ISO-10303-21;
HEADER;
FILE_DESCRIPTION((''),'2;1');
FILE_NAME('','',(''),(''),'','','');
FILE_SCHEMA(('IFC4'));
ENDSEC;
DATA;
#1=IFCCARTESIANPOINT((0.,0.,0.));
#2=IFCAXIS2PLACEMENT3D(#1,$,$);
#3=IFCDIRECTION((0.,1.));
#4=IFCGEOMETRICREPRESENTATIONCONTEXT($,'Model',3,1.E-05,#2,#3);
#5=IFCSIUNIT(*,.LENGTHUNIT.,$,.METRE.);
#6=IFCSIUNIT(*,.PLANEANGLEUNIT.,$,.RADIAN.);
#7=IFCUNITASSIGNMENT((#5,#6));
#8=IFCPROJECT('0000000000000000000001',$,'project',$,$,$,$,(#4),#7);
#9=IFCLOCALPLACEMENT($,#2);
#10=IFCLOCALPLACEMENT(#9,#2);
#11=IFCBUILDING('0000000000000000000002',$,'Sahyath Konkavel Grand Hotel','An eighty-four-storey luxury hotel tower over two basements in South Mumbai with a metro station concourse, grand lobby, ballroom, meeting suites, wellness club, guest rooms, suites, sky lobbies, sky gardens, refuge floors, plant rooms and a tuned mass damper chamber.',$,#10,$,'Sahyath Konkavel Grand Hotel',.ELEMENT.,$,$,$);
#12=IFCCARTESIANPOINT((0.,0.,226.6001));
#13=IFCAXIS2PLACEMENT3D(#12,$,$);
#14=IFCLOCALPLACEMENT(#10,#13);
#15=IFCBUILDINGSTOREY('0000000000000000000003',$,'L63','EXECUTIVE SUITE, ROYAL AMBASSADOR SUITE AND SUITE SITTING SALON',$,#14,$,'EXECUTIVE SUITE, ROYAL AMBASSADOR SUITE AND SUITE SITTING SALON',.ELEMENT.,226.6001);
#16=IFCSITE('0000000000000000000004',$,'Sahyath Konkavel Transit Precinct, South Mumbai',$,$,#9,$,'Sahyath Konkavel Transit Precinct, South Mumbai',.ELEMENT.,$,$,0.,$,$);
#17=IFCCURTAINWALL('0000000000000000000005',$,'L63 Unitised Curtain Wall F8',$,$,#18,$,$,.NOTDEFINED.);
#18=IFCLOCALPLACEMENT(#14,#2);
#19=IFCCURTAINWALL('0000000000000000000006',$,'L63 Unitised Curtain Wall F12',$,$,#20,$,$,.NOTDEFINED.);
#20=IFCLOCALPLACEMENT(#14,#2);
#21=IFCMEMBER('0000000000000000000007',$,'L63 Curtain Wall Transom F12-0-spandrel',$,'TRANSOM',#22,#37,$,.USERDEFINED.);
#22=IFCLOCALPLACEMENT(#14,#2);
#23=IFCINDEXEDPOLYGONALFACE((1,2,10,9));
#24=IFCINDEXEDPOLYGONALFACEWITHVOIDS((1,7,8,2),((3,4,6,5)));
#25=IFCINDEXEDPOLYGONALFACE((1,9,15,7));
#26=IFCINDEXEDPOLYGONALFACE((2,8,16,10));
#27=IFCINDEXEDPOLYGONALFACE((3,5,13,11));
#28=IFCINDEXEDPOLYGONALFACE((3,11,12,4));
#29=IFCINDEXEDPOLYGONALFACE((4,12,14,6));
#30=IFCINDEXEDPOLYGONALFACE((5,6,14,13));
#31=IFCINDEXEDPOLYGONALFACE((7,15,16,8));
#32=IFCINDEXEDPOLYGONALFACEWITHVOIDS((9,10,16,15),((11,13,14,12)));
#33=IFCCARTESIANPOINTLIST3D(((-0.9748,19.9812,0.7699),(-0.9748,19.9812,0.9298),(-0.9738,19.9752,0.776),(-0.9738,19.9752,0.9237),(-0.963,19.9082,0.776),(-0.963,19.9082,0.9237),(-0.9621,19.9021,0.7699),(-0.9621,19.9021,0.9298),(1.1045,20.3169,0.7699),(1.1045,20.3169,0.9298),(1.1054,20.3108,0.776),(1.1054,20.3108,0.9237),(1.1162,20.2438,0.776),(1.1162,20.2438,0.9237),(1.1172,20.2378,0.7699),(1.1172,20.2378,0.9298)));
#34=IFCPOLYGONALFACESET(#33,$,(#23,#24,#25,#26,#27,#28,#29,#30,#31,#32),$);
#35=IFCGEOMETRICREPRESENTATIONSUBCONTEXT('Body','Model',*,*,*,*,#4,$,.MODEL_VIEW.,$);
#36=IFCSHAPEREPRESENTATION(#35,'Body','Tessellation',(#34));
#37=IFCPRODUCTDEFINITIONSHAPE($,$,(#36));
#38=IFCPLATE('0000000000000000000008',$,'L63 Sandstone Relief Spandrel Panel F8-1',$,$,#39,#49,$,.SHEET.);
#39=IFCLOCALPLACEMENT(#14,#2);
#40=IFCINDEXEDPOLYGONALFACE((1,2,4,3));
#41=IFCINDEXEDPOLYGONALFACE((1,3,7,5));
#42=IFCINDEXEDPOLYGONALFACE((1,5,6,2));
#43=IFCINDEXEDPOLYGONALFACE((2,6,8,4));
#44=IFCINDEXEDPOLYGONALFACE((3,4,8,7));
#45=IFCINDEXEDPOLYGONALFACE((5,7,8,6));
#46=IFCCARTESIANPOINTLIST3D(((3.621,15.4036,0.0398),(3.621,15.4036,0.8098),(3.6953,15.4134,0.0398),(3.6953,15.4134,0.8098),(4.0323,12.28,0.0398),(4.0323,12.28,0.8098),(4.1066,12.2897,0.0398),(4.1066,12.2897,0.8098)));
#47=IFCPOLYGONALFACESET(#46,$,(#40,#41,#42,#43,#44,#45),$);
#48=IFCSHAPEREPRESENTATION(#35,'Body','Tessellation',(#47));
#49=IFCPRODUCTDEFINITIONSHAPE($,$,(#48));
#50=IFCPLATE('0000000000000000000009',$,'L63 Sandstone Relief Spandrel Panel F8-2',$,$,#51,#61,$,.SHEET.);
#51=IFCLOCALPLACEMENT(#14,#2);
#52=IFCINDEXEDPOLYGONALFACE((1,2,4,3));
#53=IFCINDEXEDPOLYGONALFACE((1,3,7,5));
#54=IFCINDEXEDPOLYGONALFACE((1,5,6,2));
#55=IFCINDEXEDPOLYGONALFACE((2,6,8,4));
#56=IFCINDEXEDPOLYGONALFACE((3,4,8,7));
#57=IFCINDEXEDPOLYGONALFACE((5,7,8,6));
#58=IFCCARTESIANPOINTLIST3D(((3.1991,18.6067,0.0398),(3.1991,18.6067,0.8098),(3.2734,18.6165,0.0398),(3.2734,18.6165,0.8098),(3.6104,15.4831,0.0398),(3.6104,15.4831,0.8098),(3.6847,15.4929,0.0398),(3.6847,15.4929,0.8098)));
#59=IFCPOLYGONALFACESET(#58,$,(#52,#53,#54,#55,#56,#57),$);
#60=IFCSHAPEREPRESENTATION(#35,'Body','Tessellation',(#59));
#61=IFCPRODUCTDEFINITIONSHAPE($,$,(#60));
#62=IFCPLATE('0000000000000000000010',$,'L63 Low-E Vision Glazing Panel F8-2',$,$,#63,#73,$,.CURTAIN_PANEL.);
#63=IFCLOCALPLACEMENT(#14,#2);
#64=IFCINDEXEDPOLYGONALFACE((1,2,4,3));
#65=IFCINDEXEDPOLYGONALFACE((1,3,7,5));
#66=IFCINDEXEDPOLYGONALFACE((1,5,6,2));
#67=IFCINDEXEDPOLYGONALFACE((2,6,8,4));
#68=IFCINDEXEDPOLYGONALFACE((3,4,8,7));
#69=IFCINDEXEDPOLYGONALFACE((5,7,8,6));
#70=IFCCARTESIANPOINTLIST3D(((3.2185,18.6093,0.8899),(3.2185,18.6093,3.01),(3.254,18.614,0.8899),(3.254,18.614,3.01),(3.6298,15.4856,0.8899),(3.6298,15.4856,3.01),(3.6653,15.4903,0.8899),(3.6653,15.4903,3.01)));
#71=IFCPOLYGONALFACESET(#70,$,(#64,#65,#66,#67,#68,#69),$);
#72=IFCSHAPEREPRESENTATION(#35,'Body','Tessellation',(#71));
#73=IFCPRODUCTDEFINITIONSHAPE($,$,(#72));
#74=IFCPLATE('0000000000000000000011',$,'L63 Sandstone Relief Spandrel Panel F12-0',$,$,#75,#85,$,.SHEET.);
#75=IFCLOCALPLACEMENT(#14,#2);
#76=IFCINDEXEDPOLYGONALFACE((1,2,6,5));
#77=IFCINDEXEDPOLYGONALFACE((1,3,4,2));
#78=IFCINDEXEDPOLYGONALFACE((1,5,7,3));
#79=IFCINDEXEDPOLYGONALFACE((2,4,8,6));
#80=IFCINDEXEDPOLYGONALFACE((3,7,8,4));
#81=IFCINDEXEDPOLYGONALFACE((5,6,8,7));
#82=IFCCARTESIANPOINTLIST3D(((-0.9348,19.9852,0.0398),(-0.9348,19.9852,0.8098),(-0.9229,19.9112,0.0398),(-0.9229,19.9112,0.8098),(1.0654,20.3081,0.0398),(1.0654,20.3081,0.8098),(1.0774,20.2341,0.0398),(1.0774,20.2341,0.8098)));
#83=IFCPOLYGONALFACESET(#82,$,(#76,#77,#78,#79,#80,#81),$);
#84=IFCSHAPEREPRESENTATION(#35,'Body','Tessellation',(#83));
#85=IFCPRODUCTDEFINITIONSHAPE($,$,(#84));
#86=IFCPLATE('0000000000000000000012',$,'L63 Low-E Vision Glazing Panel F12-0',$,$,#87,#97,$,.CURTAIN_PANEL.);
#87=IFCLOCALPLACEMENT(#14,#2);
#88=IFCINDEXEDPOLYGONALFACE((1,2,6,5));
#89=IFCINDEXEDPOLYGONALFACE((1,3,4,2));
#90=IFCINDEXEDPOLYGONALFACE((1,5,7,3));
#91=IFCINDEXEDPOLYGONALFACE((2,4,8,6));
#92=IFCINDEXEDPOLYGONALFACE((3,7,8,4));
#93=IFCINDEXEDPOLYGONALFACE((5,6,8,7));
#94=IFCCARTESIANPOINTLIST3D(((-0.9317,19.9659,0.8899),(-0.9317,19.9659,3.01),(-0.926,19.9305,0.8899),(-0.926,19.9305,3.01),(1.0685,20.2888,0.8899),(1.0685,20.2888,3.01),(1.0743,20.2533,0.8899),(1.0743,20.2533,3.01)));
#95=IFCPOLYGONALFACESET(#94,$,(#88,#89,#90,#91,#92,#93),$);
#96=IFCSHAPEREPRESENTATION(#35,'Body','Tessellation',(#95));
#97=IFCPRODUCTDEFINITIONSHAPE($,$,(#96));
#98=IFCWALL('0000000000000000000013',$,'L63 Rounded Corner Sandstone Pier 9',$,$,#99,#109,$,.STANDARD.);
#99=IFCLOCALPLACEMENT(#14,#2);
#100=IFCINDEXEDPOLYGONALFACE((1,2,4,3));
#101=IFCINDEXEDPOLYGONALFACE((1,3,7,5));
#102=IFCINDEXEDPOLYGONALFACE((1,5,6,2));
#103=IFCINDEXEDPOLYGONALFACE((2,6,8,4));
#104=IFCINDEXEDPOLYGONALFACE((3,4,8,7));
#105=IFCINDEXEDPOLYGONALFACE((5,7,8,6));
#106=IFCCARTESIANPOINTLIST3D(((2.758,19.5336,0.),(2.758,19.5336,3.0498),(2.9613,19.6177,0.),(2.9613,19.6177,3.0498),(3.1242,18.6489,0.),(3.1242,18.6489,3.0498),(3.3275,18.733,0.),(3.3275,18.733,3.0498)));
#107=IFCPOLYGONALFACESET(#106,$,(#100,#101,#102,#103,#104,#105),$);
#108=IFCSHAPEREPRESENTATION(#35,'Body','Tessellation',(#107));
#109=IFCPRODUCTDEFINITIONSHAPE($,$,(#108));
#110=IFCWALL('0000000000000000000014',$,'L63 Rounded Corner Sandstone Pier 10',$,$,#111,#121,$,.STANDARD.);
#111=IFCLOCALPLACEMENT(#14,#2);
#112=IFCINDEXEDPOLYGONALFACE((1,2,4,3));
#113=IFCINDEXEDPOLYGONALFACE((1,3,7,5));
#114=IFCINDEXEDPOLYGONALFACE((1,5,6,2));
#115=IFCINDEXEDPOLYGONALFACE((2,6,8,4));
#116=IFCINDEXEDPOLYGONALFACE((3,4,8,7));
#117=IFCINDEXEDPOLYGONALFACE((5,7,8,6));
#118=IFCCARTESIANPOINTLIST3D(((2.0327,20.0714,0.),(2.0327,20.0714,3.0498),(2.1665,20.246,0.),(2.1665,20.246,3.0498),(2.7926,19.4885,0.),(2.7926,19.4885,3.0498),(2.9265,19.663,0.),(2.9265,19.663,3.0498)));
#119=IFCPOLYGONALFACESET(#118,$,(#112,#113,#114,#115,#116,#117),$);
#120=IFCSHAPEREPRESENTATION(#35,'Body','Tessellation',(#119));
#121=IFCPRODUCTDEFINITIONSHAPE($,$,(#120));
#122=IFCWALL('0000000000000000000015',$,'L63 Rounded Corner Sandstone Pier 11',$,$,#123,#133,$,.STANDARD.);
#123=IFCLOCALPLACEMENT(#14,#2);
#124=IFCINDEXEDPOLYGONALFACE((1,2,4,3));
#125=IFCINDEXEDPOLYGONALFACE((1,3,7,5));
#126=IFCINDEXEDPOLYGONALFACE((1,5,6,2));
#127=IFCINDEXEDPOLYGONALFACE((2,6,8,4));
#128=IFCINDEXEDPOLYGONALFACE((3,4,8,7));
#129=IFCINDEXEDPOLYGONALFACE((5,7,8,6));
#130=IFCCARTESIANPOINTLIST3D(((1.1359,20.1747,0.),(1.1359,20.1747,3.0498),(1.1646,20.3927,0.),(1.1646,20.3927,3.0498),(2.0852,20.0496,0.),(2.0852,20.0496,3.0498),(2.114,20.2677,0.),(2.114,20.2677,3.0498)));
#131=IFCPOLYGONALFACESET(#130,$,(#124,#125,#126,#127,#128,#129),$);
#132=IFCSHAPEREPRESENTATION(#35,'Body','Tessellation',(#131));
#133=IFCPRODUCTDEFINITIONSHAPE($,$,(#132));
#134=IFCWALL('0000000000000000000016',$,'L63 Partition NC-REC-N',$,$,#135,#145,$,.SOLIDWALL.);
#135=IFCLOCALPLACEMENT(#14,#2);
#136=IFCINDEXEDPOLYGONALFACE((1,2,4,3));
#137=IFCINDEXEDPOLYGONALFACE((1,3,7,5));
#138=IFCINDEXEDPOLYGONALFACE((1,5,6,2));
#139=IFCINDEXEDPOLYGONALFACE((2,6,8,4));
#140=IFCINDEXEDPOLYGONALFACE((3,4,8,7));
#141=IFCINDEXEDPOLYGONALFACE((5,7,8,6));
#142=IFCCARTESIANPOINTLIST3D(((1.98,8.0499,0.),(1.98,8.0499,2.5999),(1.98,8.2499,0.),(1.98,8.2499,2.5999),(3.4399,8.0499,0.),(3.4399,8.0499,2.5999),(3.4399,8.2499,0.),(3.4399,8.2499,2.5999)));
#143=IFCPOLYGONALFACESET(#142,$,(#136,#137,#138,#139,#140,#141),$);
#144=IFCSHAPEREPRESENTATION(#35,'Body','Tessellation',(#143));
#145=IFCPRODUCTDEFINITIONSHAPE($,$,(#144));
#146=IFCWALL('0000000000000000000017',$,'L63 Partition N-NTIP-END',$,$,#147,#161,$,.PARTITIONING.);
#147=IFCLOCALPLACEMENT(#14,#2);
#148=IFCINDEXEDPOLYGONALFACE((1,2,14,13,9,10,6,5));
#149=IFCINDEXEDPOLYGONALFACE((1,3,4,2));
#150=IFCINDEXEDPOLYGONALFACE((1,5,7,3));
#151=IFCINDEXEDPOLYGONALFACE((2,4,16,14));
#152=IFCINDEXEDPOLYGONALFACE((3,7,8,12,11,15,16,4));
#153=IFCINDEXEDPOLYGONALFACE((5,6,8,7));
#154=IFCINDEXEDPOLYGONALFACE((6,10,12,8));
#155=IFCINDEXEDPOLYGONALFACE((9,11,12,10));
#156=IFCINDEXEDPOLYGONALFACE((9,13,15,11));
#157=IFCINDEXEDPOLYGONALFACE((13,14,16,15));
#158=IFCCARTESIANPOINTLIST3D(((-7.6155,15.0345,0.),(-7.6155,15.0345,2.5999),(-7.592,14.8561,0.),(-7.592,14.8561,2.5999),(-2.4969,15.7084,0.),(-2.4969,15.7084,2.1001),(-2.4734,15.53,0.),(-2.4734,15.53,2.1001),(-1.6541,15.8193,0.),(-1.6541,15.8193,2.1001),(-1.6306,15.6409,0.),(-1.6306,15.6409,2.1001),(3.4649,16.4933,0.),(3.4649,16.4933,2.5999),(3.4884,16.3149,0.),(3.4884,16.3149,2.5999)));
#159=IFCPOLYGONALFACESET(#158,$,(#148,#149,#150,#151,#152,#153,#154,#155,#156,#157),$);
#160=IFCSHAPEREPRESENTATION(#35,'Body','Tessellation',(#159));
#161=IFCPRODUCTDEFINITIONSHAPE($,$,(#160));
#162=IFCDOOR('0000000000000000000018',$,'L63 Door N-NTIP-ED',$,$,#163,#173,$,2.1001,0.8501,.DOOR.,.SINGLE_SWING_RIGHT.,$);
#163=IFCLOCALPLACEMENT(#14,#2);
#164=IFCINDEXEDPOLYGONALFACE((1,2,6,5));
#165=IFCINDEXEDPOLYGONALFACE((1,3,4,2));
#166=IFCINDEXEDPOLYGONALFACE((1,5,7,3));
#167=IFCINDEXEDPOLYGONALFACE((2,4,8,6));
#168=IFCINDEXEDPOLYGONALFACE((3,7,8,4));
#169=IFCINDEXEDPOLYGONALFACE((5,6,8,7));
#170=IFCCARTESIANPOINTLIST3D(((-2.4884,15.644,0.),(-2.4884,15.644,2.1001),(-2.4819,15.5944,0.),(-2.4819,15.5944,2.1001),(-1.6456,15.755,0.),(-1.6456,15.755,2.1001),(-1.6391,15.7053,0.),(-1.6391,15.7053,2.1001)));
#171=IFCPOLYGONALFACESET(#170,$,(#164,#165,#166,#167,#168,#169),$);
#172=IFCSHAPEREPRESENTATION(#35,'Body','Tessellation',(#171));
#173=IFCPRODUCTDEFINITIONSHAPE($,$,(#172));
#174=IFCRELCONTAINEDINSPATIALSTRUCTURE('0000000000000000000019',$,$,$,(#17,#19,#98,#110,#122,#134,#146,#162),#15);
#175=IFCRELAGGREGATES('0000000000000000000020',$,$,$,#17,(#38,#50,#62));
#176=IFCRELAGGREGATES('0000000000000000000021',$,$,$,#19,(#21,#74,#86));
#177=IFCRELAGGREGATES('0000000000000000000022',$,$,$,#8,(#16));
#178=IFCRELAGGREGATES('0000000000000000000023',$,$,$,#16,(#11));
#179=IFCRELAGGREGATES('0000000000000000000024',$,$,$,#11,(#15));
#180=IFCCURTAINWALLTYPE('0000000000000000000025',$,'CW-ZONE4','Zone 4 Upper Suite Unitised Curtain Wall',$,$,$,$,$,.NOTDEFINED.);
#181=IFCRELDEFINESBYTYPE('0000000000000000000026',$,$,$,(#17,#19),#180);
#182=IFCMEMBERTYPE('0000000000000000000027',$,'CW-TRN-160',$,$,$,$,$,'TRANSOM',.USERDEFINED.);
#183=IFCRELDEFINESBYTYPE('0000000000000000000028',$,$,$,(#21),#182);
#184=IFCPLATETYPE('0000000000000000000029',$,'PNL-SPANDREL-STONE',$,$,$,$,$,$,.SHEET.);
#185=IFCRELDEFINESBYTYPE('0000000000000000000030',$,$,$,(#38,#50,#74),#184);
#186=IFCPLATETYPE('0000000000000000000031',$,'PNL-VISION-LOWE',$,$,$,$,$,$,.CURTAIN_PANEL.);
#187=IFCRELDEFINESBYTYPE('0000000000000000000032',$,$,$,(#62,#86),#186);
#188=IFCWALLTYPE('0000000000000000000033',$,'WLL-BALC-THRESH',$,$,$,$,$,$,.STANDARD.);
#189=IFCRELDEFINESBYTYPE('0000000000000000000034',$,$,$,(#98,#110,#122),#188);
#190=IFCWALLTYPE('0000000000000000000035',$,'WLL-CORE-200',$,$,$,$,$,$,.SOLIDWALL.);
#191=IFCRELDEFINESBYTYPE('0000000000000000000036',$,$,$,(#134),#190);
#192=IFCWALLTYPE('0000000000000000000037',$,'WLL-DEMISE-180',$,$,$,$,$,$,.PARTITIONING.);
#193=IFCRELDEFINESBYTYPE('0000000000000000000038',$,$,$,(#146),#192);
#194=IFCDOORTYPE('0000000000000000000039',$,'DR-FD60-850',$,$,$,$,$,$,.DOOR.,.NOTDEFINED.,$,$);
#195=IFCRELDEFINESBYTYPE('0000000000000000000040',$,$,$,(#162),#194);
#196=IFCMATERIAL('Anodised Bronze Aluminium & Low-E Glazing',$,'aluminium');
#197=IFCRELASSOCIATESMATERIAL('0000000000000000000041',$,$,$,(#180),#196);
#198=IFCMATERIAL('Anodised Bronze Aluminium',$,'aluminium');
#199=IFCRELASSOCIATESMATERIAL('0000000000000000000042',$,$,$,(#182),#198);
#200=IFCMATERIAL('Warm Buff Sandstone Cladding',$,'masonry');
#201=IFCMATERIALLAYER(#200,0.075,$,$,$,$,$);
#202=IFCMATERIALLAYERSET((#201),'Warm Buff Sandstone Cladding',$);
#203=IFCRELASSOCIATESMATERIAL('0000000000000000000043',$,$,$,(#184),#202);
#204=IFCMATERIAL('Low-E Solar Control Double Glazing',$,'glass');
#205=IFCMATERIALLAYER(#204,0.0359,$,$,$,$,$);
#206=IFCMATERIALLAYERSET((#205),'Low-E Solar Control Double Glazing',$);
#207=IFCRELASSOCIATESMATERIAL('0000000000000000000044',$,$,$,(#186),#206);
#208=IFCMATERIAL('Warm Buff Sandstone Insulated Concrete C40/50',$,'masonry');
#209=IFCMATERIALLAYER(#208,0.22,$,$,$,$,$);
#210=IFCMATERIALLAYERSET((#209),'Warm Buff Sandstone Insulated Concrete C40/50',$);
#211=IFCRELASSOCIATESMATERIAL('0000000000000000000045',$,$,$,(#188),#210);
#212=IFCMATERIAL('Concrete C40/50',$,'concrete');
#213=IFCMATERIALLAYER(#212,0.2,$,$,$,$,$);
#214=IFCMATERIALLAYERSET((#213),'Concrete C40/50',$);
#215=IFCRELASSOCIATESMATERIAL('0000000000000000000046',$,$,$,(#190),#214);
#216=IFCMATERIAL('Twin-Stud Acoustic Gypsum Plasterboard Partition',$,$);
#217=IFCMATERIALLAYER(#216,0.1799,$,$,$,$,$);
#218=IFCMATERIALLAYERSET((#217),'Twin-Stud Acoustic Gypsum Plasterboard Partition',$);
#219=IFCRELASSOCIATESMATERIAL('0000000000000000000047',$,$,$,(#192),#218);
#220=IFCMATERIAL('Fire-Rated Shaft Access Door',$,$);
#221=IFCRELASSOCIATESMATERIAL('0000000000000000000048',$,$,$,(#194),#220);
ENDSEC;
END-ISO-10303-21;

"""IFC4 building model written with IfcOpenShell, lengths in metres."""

from ifc_helpers import new_model, si_unit, direction, frame, frame_2d, origin, origin_2d, place, context, subcontext, project, spatial, rectangle, hollow_rectangle, extrude, source, transform, mapped, material, layer, layer_set, material_profile, profile_set, type_object, element, fill, aggregate, save


model = new_model("IFC4")

# Units and contexts
model_context = context("Model", 3, precision=1e-05, world=origin(), true_north=direction((0.0, 1.0)))
body_context = subcontext(model_context, "Body", "Model", "MODEL_VIEW")
ifc_project = project(units=[si_unit("LENGTHUNIT", "METRE"), si_unit("PLANEANGLEUNIT", "RADIAN")], contexts=[model_context])

# Site, building, storey
site_placement = place(None, origin())
site = spatial("IfcSite", under=ifc_project, at=site_placement, Name="Sahyath Konkavel Transit Precinct, South Mumbai", LongName="Sahyath Konkavel Transit Precinct, South Mumbai", CompositionType="ELEMENT", RefElevation=0.0)
building_placement = place(site_placement, origin())
building = spatial("IfcBuilding", under=site, at=building_placement, Name="Sahyath Konkavel Grand Hotel", Description="An eighty-four-storey luxury hotel tower over two basements in South Mumbai with a metro station concourse, grand lobby, ballroom, meeting suites, wellness club, guest rooms, suites, sky lobbies, sky gardens, refuge floors, plant rooms and a tuned mass damper chamber.", LongName="Sahyath Konkavel Grand Hotel", CompositionType="ELEMENT")
storey_placement = place(building_placement, frame((0.0, 0.0, 226.6001)))
storey = spatial("IfcBuildingStorey", under=building, at=storey_placement, Name="L63", Description="EXECUTIVE SUITE, ROYAL AMBASSADOR SUITE AND SUITE SITTING SALON", LongName="EXECUTIVE SUITE, ROYAL AMBASSADOR SUITE AND SUITE SITTING SALON", CompositionType="ELEMENT", Elevation=226.6001)

# Shared definitions
ifc_material_1 = material(Name="Concrete C40/50", Category="concrete")

# Curtain wall
ifc_material_2 = material(Name="Anodised Bronze Aluminium & Low-E Glazing", Category="aluminium")
curtain_wall_type = type_object("IfcCurtainWallType", Name="CW-ZONE4", Description="Zone 4 Upper Suite Unitised Curtain Wall", PredefinedType="NOTDEFINED", material=ifc_material_2)
curtain_wall_1_placement = place(storey_placement, origin())
curtain_wall_1 = element("IfcCurtainWall", 1, at=curtain_wall_1_placement, inside=storey, type_object=curtain_wall_type, Name="L63 Unitised Curtain Wall F8", PredefinedType="NOTDEFINED")
ifc_material_3 = material(Name="Anodised Bronze Aluminium", Category="aluminium")

# Curtain wall
curtain_wall_2_placement = place(storey_placement, origin())
curtain_wall_2 = element("IfcCurtainWall", 2, at=curtain_wall_2_placement, inside=storey, type_object=curtain_wall_type, Name="L63 Unitised Curtain Wall F12", PredefinedType="NOTDEFINED")

# Member
ifc_material_profile_1 = material_profile(ifc_material_3, hollow_rectangle(XDim=0.0801, YDim=0.1599, WallThickness=0.0061, at=origin_2d()), Name="RHS 160x80x6")
ifc_profile_set_1 = profile_set([ifc_material_profile_1], Name="Anodised Bronze Aluminium")
member_type_1 = type_object("IfcMemberType", Name="CW-TRN-160", ElementType="TRANSOM", PredefinedType="USERDEFINED", material=ifc_profile_set_1)
shared_shape_1 = source(origin(), body_context, "Body", "SweptSolid", [
    extrude(hollow_rectangle(XDim=0.0801, YDim=0.1599, WallThickness=0.0061, at=origin_2d()), origin(), (0.0, 0.0, 1.0), 2.1062),
])
member_1_placement = place(storey_placement, frame((1.1108, 20.2773, 0.8499), z_axis=(-0.987218, -0.159378, 0.0), x_axis=(0.159378, -0.987218, 0.0)))
member_1 = element("IfcMember", 3, at=member_1_placement, type_object=member_type_1, Name="L63 Curtain Wall Transom F12-0-spandrel", ObjectType="TRANSOM", PredefinedType="USERDEFINED", context=body_context, shape_type="MappedRepresentation", body=[
    mapped(shared_shape_1, transform((0.0, 0.0, 0.0), scale=1.0)),
])

# Plates
ifc_material_4 = material(Name="Warm Buff Sandstone Cladding", Category="masonry")
ifc_layer_1 = layer(ifc_material_4, 0.075)
ifc_layer_set_1 = layer_set([ifc_layer_1], Name="Warm Buff Sandstone Cladding")
plate_type_1 = type_object("IfcPlateType", Name="PNL-SPANDREL-STONE", PredefinedType="SHEET", material=ifc_layer_set_1)
shared_shape_2 = source(origin(), body_context, "Body", "SweptSolid", [
    extrude(rectangle(XDim=3.1506, YDim=0.075, at=origin_2d()), origin(), (0.0, 0.0, 1.0), 0.77),
])
plate_1_placement = place(storey_placement, frame((3.8638, 13.8467, 0.0398), z_axis=(0.0, 0.0, 1.0), x_axis=(-0.130543, 0.991443, 0.0)))
plate_1 = element("IfcPlate", 4, at=plate_1_placement, type_object=plate_type_1, Name="L63 Sandstone Relief Spandrel Panel F8-1", PredefinedType="SHEET", context=body_context, shape_type="MappedRepresentation", body=[
    mapped(shared_shape_2, transform((0.0, 0.0, 0.0), scale=1.0)),
])
plate_2_placement = place(storey_placement, frame((3.4419, 17.0498, 0.0398), z_axis=(0.0, 0.0, 1.0), x_axis=(-0.130543, 0.991443, 0.0)))
plate_2 = element("IfcPlate", 5, at=plate_2_placement, type_object=plate_type_1, Name="L63 Sandstone Relief Spandrel Panel F8-2", PredefinedType="SHEET", context=body_context, shape_type="MappedRepresentation", body=[
    mapped(shared_shape_2, transform((0.0, 0.0, 0.0), scale=1.0)),
])
ifc_material_5 = material(Name="Low-E Solar Control Double Glazing", Category="glass")
ifc_layer_2 = layer(ifc_material_5, 0.0359)
ifc_layer_set_2 = layer_set([ifc_layer_2], Name="Low-E Solar Control Double Glazing")
plate_type_2 = type_object("IfcPlateType", Name="PNL-VISION-LOWE", PredefinedType="CURTAIN_PANEL", material=ifc_layer_set_2)
shared_shape_3 = source(origin(), body_context, "Body", "SweptSolid", [
    extrude(rectangle(XDim=3.1506, YDim=0.0359, at=origin_2d()), origin(), (0.0, 0.0, 1.0), 2.1201),
])
plate_3_placement = place(storey_placement, frame((3.4419, 17.0498, 0.8899), z_axis=(0.0, 0.0, 1.0), x_axis=(-0.130543, 0.991443, 0.0)))
plate_3 = element("IfcPlate", 6, at=plate_3_placement, type_object=plate_type_2, Name="L63 Low-E Vision Glazing Panel F8-2", PredefinedType="CURTAIN_PANEL", context=body_context, shape_type="MappedRepresentation", body=[
    mapped(shared_shape_3, transform((0.0, 0.0, 0.0), scale=1.0)),
])
aggregate(curtain_wall_1, [plate_1, plate_2, plate_3])
shared_shape_4 = source(origin(), body_context, "Body", "SweptSolid", [
    extrude(rectangle(XDim=2.0261, YDim=0.075, at=origin_2d()), origin(), (0.0, 0.0, 1.0), 0.77),
])
plate_4_placement = place(storey_placement, frame((0.0713, 20.1096, 0.0398), z_axis=(0.0, 0.0, 1.0), x_axis=(-0.98722, -0.159364, 0.0)))
plate_4 = element("IfcPlate", 7, at=plate_4_placement, type_object=plate_type_1, Name="L63 Sandstone Relief Spandrel Panel F12-0", PredefinedType="SHEET", context=body_context, shape_type="MappedRepresentation", body=[
    mapped(shared_shape_4, transform((0.0, 0.0, 0.0), scale=1.0)),
])
shared_shape_5 = source(origin(), body_context, "Body", "SweptSolid", [
    extrude(rectangle(XDim=2.0261, YDim=0.0359, at=origin_2d()), origin(), (0.0, 0.0, 1.0), 2.1201),
])
plate_5_placement = place(storey_placement, frame((0.0713, 20.1096, 0.8899), z_axis=(0.0, 0.0, 1.0), x_axis=(-0.98722, -0.159364, 0.0)))
plate_5 = element("IfcPlate", 8, at=plate_5_placement, type_object=plate_type_2, Name="L63 Low-E Vision Glazing Panel F12-0", PredefinedType="CURTAIN_PANEL", context=body_context, shape_type="MappedRepresentation", body=[
    mapped(shared_shape_5, transform((0.0, 0.0, 0.0), scale=1.0)),
])
aggregate(curtain_wall_2, [member_1, plate_4, plate_5])

# Walls
ifc_material_6 = material(Name="Warm Buff Sandstone Insulated Concrete C40/50", Category="masonry")
ifc_layer_3 = layer(ifc_material_6, 0.22)
ifc_layer_set_3 = layer_set([ifc_layer_3], Name="Warm Buff Sandstone Insulated Concrete C40/50")
wall_type_1 = type_object("IfcWallType", Name="WLL-BALC-THRESH", PredefinedType="STANDARD", material=ifc_layer_set_3)
wall_1_placement = place(storey_placement, frame((3.2258, 18.6909, 0.0), z_axis=(0.0, 0.0, 1.0), x_axis=(-0.382442, 0.92398, 0.0)))
element("IfcWall", 9, at=wall_1_placement, inside=storey, type_object=wall_type_1, Name="L63 Rounded Corner Sandstone Pier 9", PredefinedType="STANDARD", context=body_context, shape_type="SweptSolid", body=[
    extrude(rectangle(XDim=0.9575, YDim=0.22, at=frame_2d((0.4788, 0.0))), origin(), (0.0, 0.0, 1.0), 3.0498),
])
wall_2_placement = place(storey_placement, frame((2.8596, 19.5757, 0.0), z_axis=(0.0, 0.0, 1.0), x_axis=(-0.793438, 0.608651, 0.0)))
element("IfcWall", 10, at=wall_2_placement, inside=storey, type_object=wall_type_1, Name="L63 Rounded Corner Sandstone Pier 10", PredefinedType="STANDARD", context=body_context, shape_type="SweptSolid", body=[
    extrude(rectangle(XDim=0.9578, YDim=0.22, at=frame_2d((0.479, 0.0))), origin(), (0.0, 0.0, 1.0), 3.0498),
])
wall_3_placement = place(storey_placement, frame((2.0996, 20.1587, 0.0), z_axis=(0.0, 0.0, 1.0), x_axis=(-0.99144, 0.13056, 0.0)))
element("IfcWall", 11, at=wall_3_placement, inside=storey, type_object=wall_type_1, Name="L63 Rounded Corner Sandstone Pier 11", PredefinedType="STANDARD", context=body_context, shape_type="SweptSolid", body=[
    extrude(rectangle(XDim=0.9575, YDim=0.22, at=frame_2d((0.4788, 0.0))), origin(), (0.0, 0.0, 1.0), 3.0498),
])
ifc_layer_4 = layer(ifc_material_1, 0.2)
ifc_layer_set_4 = layer_set([ifc_layer_4], Name="Concrete C40/50")
wall_type_2 = type_object("IfcWallType", Name="WLL-CORE-200", PredefinedType="SOLIDWALL", material=ifc_layer_set_4)
wall_4_placement = place(storey_placement, frame((1.98, 8.1499, 0.0), z_axis=(0.0, 0.0, 1.0), x_axis=(1.0, 0.0, 0.0)))
element("IfcWall", 12, at=wall_4_placement, inside=storey, type_object=wall_type_2, Name="L63 Partition NC-REC-N", PredefinedType="SOLIDWALL", context=body_context, shape_type="SweptSolid", body=[
    extrude(rectangle(XDim=1.46, YDim=0.2, at=frame_2d((0.73, 0.0))), origin(), (0.0, 0.0, 1.0), 2.5999),
])

# Wall, opening, door
ifc_material_7 = material(Name="Twin-Stud Acoustic Gypsum Plasterboard Partition")
ifc_layer_5 = layer(ifc_material_7, 0.1799)
ifc_layer_set_5 = layer_set([ifc_layer_5], Name="Twin-Stud Acoustic Gypsum Plasterboard Partition")
wall_type_3 = type_object("IfcWallType", Name="WLL-DEMISE-180", PredefinedType="PARTITIONING", material=ifc_layer_set_5)
wall_5_placement = place(storey_placement, frame((3.4766, 16.4041, 0.0), z_axis=(0.0, 0.0, 1.0), x_axis=(-0.991445, -0.130525, 0.0)))
wall_5 = element("IfcWall", 13, at=wall_5_placement, inside=storey, type_object=wall_type_3, Name="L63 Partition N-NTIP-END", PredefinedType="PARTITIONING", context=body_context, shape_type="SweptSolid", body=[
    extrude(rectangle(XDim=11.176, YDim=0.1799, at=frame_2d((5.5879, 0.0))), origin(), (0.0, 0.0, 1.0), 2.5999),
])
opening_1_placement = place(wall_5_placement, frame((5.1631, 0.0, 0.0)))
opening_1 = element("IfcOpeningElement", 14, at=opening_1_placement, cuts=wall_5, PredefinedType="OPENING", context=body_context, shape_type="SweptSolid", body=[
    extrude(rectangle(XDim=0.8501, YDim=2.1001, at=frame_2d((0.425, 1.05))), frame((0.0, 0.1001, 0.0), z_axis=(0.0, -1.0, 0.0), x_axis=(1.0, 0.0, 0.0)), (0.0, 0.0, 1.0), 0.2),
])
ifc_material_8 = material(Name="Fire-Rated Shaft Access Door")
door_type_1 = type_object("IfcDoorType", Name="DR-FD60-850", OperationType="NOTDEFINED", PredefinedType="DOOR", material=ifc_material_8)
shared_shape_6 = source(origin(), body_context, "Body", "SweptSolid", [
    extrude(rectangle(XDim=0.8501, YDim=0.05, at=origin_2d()), origin(), (0.0, 0.0, 1.0), 2.1001),
])
door_1_placement = place(opening_1_placement, frame((0.425, 0.0, 0.0)))
door_1 = element("IfcDoor", 15, at=door_1_placement, inside=storey, type_object=door_type_1, Name="L63 Door N-NTIP-ED", OperationType="SINGLE_SWING_RIGHT", OverallHeight=2.1001, OverallWidth=0.8501, PredefinedType="DOOR", context=body_context, shape_type="MappedRepresentation", body=[
    mapped(shared_shape_6, transform((0.0, 0.0, 0.0), scale=1.0)),
])
fill(opening_1, door_1)

save(model, "model.ifc")
